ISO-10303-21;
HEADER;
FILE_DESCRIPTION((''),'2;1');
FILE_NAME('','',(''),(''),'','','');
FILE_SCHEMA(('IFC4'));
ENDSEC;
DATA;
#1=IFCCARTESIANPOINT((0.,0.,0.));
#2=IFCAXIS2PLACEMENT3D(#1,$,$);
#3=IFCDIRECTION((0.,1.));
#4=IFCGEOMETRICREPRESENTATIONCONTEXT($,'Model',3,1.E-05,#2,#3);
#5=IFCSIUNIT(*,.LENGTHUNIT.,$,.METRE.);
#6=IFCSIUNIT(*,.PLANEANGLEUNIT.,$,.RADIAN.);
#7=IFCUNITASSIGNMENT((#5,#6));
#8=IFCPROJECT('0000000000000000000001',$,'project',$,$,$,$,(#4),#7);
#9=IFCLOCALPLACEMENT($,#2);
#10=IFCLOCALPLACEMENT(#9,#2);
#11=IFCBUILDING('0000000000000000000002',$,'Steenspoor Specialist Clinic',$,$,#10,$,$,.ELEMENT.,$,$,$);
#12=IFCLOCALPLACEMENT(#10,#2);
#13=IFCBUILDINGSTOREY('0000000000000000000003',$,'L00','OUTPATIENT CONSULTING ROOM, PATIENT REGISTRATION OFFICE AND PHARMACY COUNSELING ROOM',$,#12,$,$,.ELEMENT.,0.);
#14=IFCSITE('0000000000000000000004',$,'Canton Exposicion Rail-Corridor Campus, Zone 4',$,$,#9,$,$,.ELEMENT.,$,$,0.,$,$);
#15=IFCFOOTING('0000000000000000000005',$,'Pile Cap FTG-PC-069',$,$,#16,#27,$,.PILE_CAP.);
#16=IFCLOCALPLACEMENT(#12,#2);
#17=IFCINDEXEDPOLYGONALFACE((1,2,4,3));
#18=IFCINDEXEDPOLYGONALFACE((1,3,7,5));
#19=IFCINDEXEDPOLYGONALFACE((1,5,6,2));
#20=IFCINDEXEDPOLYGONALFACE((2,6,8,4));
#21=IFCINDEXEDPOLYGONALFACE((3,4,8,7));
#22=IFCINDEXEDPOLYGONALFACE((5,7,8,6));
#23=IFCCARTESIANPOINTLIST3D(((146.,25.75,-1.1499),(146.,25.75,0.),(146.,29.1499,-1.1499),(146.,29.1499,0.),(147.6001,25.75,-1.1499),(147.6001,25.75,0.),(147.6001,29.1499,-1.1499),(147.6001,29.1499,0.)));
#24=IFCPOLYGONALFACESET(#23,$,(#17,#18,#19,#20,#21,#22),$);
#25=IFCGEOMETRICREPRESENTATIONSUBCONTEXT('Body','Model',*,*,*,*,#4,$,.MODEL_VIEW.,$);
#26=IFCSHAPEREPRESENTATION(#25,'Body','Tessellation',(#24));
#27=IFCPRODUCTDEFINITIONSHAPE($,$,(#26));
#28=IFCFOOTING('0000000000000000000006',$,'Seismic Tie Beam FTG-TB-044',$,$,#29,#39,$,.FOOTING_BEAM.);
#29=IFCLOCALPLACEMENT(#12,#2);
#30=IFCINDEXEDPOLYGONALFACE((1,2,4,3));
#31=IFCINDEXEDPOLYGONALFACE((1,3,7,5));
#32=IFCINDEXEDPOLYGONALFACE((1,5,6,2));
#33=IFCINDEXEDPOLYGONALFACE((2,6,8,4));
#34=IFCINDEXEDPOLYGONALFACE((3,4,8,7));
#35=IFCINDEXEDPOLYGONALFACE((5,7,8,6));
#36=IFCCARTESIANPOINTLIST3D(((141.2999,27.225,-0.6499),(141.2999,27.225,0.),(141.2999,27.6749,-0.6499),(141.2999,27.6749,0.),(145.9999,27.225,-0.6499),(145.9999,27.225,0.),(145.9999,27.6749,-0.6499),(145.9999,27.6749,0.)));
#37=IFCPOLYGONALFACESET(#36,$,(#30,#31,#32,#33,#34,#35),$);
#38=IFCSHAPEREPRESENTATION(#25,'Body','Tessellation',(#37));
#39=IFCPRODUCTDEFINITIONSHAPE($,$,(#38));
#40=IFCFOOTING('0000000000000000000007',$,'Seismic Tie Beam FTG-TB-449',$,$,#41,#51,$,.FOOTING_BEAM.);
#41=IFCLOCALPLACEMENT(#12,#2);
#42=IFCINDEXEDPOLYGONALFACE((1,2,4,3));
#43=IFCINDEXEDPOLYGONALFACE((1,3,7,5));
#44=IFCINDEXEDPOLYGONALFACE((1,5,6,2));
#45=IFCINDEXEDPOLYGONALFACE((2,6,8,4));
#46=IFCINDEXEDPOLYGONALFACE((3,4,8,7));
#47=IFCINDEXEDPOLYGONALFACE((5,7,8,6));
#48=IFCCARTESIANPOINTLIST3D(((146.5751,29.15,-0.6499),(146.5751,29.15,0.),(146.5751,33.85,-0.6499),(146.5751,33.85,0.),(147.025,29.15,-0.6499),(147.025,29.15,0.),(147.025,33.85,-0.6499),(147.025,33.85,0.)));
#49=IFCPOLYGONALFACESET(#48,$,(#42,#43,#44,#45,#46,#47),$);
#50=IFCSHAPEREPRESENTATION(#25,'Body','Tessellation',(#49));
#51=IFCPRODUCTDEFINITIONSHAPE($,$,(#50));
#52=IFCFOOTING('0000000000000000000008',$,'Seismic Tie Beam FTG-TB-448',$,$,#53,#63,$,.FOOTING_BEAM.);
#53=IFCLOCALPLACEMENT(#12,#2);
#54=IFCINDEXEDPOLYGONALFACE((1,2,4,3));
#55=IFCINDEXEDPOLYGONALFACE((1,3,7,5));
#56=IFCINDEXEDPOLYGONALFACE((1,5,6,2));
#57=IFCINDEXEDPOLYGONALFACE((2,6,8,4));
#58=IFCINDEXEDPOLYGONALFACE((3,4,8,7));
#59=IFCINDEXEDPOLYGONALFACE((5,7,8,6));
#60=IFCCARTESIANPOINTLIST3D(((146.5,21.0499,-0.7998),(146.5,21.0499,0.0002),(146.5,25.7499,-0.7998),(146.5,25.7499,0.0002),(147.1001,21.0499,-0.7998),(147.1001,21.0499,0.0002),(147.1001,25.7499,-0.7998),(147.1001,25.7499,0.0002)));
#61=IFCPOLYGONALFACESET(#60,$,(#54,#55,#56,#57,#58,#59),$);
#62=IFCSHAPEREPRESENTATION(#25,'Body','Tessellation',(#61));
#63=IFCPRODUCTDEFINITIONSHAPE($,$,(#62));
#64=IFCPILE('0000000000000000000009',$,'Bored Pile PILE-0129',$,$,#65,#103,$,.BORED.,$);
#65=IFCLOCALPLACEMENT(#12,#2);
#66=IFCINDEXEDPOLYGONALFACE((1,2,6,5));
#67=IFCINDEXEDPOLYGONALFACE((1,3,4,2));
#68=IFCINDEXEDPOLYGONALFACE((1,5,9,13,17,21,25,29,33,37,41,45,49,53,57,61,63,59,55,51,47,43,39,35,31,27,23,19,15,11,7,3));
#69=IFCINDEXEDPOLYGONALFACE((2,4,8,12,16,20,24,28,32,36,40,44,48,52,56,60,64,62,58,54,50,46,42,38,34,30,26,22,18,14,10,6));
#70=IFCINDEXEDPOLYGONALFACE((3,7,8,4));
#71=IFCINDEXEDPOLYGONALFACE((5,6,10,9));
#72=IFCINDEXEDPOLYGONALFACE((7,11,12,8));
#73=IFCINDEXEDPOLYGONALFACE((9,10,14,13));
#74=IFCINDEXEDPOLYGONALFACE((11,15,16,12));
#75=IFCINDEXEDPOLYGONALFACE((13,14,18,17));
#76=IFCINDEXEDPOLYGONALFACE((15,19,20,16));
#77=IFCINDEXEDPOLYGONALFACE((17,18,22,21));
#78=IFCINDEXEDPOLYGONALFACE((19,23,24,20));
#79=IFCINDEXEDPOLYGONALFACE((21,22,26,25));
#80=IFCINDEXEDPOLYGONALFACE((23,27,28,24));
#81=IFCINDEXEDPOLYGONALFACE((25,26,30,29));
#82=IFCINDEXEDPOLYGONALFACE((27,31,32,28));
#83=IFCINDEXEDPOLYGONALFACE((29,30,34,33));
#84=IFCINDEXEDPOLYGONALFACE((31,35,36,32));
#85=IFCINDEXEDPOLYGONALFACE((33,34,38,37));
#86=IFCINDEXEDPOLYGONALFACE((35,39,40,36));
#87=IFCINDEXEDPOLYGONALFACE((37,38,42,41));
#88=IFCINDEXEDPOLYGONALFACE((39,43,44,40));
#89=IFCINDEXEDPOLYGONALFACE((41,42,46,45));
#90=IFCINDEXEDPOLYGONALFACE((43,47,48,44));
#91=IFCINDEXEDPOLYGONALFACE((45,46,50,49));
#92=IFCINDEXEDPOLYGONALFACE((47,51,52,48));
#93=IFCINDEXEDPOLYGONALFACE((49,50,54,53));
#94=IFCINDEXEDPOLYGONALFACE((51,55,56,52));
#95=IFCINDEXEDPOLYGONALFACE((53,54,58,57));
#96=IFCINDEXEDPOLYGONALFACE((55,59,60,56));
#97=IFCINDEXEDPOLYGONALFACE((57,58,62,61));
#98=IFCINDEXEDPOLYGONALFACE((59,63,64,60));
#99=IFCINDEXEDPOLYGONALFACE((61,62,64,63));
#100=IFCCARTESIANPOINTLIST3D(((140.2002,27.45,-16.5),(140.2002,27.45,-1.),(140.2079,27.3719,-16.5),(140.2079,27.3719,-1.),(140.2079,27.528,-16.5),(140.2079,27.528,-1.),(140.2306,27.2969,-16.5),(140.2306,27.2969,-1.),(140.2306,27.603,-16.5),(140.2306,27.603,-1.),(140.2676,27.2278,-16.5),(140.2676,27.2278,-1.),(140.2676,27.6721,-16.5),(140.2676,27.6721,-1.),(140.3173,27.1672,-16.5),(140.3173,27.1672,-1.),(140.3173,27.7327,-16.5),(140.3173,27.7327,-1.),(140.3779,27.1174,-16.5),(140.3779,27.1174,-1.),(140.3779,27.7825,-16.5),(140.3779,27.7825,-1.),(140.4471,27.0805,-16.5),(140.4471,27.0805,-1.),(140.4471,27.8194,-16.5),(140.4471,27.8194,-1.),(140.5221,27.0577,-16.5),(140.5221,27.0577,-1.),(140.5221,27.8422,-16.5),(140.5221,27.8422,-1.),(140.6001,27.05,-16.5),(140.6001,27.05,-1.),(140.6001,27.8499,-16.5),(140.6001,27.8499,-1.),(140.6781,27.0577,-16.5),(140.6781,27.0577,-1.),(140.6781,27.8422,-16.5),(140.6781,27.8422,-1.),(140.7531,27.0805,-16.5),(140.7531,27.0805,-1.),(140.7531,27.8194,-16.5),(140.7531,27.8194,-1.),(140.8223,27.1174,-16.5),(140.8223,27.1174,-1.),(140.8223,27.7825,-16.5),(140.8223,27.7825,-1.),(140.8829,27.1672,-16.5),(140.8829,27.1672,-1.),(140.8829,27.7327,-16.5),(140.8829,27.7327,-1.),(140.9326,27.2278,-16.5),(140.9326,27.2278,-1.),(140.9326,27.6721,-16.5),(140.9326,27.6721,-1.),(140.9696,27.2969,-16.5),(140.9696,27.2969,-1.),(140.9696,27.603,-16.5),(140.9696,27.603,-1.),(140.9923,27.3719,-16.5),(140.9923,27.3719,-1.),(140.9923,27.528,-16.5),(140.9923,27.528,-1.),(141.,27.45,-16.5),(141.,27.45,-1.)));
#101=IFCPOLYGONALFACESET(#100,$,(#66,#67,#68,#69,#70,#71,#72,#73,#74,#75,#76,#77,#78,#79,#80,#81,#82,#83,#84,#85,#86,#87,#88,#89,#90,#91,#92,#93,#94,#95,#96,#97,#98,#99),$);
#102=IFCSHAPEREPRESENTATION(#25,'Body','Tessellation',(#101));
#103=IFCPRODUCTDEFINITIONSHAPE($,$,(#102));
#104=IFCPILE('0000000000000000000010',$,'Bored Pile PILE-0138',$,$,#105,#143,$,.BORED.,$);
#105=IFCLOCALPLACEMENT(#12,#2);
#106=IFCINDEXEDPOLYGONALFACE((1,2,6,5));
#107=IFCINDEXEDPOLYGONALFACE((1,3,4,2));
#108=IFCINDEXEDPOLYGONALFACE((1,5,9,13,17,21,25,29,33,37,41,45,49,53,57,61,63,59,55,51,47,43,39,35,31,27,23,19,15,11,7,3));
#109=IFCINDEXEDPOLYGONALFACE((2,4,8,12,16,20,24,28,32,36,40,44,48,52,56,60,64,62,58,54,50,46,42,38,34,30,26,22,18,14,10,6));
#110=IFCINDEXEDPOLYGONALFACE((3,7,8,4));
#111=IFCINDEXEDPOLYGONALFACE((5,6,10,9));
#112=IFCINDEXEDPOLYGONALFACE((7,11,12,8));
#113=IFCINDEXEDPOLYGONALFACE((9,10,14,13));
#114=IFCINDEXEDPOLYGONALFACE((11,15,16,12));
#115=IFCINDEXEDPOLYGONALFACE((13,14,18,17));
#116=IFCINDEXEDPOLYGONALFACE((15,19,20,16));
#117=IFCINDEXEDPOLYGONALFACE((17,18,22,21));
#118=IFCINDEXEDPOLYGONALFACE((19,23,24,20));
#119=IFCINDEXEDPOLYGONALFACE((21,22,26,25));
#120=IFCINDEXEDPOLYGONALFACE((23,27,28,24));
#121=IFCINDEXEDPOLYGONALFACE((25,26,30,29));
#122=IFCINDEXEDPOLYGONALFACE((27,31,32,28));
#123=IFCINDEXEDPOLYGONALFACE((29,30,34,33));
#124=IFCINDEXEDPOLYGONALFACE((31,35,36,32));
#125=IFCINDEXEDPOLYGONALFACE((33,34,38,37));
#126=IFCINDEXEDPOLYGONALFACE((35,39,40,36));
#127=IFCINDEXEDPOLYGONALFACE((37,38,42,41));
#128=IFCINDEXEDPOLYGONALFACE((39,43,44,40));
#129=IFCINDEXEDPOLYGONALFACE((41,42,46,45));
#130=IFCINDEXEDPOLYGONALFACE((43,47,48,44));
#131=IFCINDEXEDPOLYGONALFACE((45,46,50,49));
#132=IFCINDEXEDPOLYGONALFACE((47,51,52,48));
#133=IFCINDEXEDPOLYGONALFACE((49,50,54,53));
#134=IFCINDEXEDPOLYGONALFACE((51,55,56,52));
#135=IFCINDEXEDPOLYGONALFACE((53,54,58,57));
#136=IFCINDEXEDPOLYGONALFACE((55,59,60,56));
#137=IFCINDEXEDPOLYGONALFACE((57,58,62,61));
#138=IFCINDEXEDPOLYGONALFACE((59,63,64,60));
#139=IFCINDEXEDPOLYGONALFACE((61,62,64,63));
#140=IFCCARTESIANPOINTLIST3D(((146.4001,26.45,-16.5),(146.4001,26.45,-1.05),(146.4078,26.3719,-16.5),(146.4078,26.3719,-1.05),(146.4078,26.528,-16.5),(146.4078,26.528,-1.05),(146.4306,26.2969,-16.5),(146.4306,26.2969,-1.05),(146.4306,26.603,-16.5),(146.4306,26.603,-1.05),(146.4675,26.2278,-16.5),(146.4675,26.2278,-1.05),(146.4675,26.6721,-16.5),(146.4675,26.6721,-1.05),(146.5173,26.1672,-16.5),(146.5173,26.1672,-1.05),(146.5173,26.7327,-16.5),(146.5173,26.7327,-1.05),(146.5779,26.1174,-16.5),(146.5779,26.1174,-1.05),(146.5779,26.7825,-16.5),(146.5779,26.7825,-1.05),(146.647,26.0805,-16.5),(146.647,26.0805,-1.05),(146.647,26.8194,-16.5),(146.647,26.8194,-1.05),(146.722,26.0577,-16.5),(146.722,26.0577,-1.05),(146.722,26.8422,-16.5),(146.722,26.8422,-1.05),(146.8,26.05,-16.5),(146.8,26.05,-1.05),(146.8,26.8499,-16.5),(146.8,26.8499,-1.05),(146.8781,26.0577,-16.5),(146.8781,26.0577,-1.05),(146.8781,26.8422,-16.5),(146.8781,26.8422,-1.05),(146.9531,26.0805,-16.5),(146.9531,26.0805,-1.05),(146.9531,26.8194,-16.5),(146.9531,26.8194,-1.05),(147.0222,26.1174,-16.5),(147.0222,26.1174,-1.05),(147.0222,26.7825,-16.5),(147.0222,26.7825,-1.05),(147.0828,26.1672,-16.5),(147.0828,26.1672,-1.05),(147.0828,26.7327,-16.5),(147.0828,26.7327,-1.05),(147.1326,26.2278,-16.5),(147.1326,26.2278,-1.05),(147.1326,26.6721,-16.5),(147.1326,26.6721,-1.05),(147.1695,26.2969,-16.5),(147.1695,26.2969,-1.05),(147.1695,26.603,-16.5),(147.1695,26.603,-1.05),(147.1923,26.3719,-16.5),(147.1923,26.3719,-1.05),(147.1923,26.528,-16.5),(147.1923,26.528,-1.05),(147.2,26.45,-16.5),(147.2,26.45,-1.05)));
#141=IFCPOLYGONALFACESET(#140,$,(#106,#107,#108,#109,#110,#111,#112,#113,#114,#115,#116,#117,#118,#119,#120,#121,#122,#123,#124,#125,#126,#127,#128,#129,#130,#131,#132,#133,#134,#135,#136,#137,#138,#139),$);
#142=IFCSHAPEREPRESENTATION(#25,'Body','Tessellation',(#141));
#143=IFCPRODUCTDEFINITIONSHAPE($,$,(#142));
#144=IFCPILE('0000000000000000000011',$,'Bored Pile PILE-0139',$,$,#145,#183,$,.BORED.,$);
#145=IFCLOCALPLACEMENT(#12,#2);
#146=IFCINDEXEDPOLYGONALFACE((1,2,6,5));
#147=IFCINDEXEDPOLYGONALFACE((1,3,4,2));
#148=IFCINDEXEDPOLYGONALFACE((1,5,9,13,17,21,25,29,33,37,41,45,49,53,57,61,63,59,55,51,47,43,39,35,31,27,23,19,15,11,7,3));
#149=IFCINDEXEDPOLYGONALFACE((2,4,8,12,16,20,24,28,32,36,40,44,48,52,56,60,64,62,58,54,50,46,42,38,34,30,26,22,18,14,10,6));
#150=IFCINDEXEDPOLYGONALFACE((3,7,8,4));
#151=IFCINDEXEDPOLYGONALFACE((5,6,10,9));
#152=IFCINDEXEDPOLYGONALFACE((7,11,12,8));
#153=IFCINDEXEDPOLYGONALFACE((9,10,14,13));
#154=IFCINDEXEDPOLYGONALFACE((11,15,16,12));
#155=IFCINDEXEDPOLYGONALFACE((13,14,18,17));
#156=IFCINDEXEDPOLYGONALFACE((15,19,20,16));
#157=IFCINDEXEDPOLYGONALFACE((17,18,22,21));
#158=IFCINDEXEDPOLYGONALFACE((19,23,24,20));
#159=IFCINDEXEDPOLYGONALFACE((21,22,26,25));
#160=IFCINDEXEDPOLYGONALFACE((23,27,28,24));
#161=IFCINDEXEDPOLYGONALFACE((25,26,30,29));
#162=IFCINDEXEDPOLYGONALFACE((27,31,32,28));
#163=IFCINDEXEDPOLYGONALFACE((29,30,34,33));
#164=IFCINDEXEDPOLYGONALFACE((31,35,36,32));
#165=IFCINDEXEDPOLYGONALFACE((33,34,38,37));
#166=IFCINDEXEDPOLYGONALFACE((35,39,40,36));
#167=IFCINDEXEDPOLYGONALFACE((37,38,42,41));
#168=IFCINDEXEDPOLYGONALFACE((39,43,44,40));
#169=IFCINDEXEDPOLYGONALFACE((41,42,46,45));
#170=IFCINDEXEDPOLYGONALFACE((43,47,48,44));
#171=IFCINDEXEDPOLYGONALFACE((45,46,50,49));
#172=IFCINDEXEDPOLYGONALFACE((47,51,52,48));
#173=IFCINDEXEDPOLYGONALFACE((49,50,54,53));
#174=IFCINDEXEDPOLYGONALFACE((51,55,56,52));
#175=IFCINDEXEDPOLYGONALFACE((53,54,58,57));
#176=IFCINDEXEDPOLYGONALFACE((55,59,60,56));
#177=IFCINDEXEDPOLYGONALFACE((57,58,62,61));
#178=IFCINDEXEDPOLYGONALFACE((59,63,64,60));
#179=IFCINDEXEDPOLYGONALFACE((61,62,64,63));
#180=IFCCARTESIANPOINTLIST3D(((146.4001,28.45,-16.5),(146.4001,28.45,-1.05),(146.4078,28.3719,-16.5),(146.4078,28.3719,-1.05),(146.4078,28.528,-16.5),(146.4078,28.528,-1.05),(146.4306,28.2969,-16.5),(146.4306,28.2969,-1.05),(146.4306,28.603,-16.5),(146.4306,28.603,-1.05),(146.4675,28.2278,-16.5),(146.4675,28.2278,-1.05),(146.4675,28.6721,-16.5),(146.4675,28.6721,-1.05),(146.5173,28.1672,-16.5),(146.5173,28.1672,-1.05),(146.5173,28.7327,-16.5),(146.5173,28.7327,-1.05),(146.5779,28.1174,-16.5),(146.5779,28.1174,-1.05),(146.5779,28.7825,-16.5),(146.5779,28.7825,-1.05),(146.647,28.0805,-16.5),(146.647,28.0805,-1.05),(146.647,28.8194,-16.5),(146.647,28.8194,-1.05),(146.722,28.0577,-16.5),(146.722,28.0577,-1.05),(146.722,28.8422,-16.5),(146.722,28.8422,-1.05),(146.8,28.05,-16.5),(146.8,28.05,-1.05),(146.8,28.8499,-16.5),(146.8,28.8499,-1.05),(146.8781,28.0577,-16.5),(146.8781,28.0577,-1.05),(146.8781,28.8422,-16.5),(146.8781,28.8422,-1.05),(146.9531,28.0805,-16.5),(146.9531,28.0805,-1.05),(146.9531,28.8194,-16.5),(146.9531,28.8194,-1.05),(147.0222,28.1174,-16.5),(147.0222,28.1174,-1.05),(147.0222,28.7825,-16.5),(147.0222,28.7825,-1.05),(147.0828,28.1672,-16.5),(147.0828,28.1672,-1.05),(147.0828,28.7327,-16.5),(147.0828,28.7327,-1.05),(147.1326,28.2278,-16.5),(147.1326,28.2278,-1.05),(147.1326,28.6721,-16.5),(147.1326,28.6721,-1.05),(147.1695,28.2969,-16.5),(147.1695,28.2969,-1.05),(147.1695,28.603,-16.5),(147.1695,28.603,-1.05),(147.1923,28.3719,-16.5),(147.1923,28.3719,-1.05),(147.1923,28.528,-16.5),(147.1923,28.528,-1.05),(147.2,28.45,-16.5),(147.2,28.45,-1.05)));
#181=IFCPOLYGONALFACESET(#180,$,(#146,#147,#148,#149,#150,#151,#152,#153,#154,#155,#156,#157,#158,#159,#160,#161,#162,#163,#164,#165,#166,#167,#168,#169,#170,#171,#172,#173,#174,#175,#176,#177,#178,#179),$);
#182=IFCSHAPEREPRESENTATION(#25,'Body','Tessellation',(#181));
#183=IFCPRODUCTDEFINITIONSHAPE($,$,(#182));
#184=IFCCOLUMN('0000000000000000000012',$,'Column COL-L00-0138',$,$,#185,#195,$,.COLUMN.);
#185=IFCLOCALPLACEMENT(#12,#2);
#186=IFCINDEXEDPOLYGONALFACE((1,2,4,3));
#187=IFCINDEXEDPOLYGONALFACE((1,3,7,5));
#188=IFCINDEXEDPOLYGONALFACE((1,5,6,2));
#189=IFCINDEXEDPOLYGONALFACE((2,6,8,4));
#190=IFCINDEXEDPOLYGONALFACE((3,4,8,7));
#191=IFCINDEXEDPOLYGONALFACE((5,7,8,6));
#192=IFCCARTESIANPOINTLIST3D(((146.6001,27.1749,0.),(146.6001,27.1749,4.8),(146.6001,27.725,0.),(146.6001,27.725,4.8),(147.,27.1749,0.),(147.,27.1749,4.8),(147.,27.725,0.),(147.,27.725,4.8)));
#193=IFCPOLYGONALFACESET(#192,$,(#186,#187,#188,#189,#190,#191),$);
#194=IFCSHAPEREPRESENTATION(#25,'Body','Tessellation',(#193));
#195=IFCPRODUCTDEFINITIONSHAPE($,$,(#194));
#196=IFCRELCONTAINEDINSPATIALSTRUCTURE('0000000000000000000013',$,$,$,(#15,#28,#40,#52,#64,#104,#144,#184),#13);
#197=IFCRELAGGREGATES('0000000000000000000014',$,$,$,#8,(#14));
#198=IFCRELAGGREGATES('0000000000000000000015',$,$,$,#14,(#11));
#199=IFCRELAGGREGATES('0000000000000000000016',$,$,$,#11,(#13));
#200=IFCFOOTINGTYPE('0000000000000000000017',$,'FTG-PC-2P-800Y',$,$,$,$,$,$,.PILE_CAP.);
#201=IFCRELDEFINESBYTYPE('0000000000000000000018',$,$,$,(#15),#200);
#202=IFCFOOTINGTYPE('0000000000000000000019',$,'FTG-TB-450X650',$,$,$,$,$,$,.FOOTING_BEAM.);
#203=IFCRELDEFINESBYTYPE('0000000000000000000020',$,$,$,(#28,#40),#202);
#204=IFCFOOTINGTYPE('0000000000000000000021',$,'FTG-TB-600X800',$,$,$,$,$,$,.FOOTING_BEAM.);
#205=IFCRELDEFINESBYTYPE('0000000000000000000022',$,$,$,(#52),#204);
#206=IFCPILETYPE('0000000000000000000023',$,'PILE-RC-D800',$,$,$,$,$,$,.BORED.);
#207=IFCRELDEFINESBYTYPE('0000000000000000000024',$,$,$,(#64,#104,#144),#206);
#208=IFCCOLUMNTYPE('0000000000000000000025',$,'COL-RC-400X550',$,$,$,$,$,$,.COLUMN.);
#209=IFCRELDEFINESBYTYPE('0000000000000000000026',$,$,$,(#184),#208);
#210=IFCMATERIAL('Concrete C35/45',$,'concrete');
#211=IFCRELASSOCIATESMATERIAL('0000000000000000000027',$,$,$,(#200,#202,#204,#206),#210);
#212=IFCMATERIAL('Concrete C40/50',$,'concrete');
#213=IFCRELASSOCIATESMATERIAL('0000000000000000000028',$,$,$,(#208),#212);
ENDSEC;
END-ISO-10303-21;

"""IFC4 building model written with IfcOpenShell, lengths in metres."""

from ifc_helpers import new_model, si_unit, direction, frame, origin, origin_2d, place, context, subcontext, project, spatial, rectangle, circle, extrude, material, material_profile, profile_set, type_object, element, save


model = new_model("IFC4")

# Units and contexts
model_context = context("Model", 3, precision=1e-05, world=origin(), true_north=direction((0.0, 1.0)))
body_context = subcontext(model_context, "Body", "Model", "MODEL_VIEW")
ifc_project = project(units=[si_unit("LENGTHUNIT", "METRE"), si_unit("PLANEANGLEUNIT", "RADIAN")], contexts=[model_context])

# Site, building, storey
site_placement = place(None, origin())
site = spatial("IfcSite", under=ifc_project, at=site_placement, Name="Canton Exposicion Rail-Corridor Campus, Zone 4", CompositionType="ELEMENT", RefElevation=0.0)
building_placement = place(site_placement, origin())
building = spatial("IfcBuilding", under=site, at=building_placement, Name="Steenspoor Specialist Clinic", CompositionType="ELEMENT")
storey_placement = place(building_placement, origin())
storey = spatial("IfcBuildingStorey", under=building, at=storey_placement, Name="L00", Description="OUTPATIENT CONSULTING ROOM, PATIENT REGISTRATION OFFICE AND PHARMACY COUNSELING ROOM", CompositionType="ELEMENT", Elevation=0.0)

# Footings
ifc_material_1 = material(Name="Concrete C35/45", Category="concrete")
footing_type_1 = type_object("IfcFootingType", Name="FTG-PC-2P-800Y", PredefinedType="PILE_CAP", material=ifc_material_1)
footing_1_placement = place(storey_placement, frame((146.8, 27.45, -1.1499), z_axis=(0.0, 0.0, 1.0), x_axis=(1.0, 0.0, 0.0)))
element("IfcFooting", 1, at=footing_1_placement, inside=storey, type_object=footing_type_1, Name="Pile Cap FTG-PC-069", PredefinedType="PILE_CAP", context=body_context, shape_type="SweptSolid", body=[
    extrude(rectangle(XDim=1.6001, YDim=3.3999, at=origin_2d()), origin(), (0.0, 0.0, 1.0), 1.1499),
])
footing_type_2 = type_object("IfcFootingType", Name="FTG-TB-450X650", PredefinedType="FOOTING_BEAM", material=ifc_material_1)
footing_2_placement = place(storey_placement, frame((143.6499, 27.45, -0.6499), z_axis=(0.0, 0.0, 1.0), x_axis=(1.0, 0.0, 0.0)))
element("IfcFooting", 2, at=footing_2_placement, inside=storey, type_object=footing_type_2, Name="Seismic Tie Beam FTG-TB-044", PredefinedType="FOOTING_BEAM", context=body_context, shape_type="SweptSolid", body=[
    extrude(rectangle(XDim=4.7, YDim=0.45, at=origin_2d()), origin(), (0.0, 0.0, 1.0), 0.6499),
])
footing_3_placement = place(storey_placement, frame((146.8, 31.5, -0.6499), z_axis=(0.0, 0.0, 1.0), x_axis=(1.0, 0.0, 0.0)))
element("IfcFooting", 3, at=footing_3_placement, inside=storey, type_object=footing_type_2, Name="Seismic Tie Beam FTG-TB-449", PredefinedType="FOOTING_BEAM", context=body_context, shape_type="SweptSolid", body=[
    extrude(rectangle(XDim=0.45, YDim=4.7, at=origin_2d()), origin(), (0.0, 0.0, 1.0), 0.6499),
])
footing_type_3 = type_object("IfcFootingType", Name="FTG-TB-600X800", PredefinedType="FOOTING_BEAM", material=ifc_material_1)
footing_4_placement = place(storey_placement, frame((146.8, 23.3999, -0.7998), z_axis=(0.0, 0.0, 1.0), x_axis=(1.0, 0.0, 0.0)))
element("IfcFooting", 4, at=footing_4_placement, inside=storey, type_object=footing_type_3, Name="Seismic Tie Beam FTG-TB-448", PredefinedType="FOOTING_BEAM", context=body_context, shape_type="SweptSolid", body=[
    extrude(rectangle(XDim=0.6001, YDim=4.7, at=origin_2d()), origin(), (0.0, 0.0, 1.0), 0.8),
])

# Piles
ifc_material_profile_1 = material_profile(ifc_material_1, circle(Radius=0.3999, at=origin_2d()), Name="PILE-D800")
ifc_profile_set_1 = profile_set([ifc_material_profile_1], Name="Concrete C35/45")
pile_type = type_object("IfcPileType", Name="PILE-RC-D800", PredefinedType="BORED", material=ifc_profile_set_1)
pile_placement = place(storey_placement, frame((140.6001, 27.45, -1.0), z_axis=(0.0, 0.0, -1.0), x_axis=(1.0, 0.0, 0.0)))
element("IfcPile", 5, at=pile_placement, inside=storey, type_object=pile_type, Name="Bored Pile PILE-0129", PredefinedType="BORED", context=body_context, shape_type="SweptSolid", body=[
    extrude(circle(Radius=0.3999, at=origin_2d()), origin(), (0.0, 0.0, 1.0), 15.5),
])
for number, where, z_axis, x_axis, name in (
    (6, (146.8, 26.45, -1.05), (0.0, 0.0, -1.0), (1.0, 0.0, 0.0), "Bored Pile PILE-0138"),
    (7, (146.8, 28.45, -1.05), (0.0, 0.0, -1.0), (1.0, 0.0, 0.0), "Bored Pile PILE-0139"),
):
    element("IfcPile", number, at=place(storey_placement, frame(where, z_axis=z_axis, x_axis=x_axis)), inside=storey, type_object=pile_type, Name=name, PredefinedType="BORED", context=body_context, shape_type="SweptSolid", body=[
        extrude(circle(Radius=0.3999, at=origin_2d()), origin(), (0.0, 0.0, 1.0), 15.45),
    ])

# Column
ifc_material_2 = material(Name="Concrete C40/50", Category="concrete")
ifc_material_profile_2 = material_profile(ifc_material_2, rectangle(XDim=0.3999, YDim=0.55, at=origin_2d()), Name="RC-COL-400X550")
ifc_profile_set_2 = profile_set([ifc_material_profile_2], Name="Concrete C40/50")
column_type = type_object("IfcColumnType", Name="COL-RC-400X550", PredefinedType="COLUMN", material=ifc_profile_set_2)
column_placement = place(storey_placement, frame((146.8, 27.45, 0.0), z_axis=(0.0, 0.0, 1.0), x_axis=(1.0, 0.0, 0.0)))
element("IfcColumn", 8, at=column_placement, inside=storey, type_object=column_type, Name="Column COL-L00-0138", PredefinedType="COLUMN", context=body_context, shape_type="SweptSolid", body=[
    extrude(rectangle(XDim=0.3999, YDim=0.55, at=origin_2d()), origin(), (0.0, 0.0, 1.0), 4.8),
])

save(model, "model.ifc")
